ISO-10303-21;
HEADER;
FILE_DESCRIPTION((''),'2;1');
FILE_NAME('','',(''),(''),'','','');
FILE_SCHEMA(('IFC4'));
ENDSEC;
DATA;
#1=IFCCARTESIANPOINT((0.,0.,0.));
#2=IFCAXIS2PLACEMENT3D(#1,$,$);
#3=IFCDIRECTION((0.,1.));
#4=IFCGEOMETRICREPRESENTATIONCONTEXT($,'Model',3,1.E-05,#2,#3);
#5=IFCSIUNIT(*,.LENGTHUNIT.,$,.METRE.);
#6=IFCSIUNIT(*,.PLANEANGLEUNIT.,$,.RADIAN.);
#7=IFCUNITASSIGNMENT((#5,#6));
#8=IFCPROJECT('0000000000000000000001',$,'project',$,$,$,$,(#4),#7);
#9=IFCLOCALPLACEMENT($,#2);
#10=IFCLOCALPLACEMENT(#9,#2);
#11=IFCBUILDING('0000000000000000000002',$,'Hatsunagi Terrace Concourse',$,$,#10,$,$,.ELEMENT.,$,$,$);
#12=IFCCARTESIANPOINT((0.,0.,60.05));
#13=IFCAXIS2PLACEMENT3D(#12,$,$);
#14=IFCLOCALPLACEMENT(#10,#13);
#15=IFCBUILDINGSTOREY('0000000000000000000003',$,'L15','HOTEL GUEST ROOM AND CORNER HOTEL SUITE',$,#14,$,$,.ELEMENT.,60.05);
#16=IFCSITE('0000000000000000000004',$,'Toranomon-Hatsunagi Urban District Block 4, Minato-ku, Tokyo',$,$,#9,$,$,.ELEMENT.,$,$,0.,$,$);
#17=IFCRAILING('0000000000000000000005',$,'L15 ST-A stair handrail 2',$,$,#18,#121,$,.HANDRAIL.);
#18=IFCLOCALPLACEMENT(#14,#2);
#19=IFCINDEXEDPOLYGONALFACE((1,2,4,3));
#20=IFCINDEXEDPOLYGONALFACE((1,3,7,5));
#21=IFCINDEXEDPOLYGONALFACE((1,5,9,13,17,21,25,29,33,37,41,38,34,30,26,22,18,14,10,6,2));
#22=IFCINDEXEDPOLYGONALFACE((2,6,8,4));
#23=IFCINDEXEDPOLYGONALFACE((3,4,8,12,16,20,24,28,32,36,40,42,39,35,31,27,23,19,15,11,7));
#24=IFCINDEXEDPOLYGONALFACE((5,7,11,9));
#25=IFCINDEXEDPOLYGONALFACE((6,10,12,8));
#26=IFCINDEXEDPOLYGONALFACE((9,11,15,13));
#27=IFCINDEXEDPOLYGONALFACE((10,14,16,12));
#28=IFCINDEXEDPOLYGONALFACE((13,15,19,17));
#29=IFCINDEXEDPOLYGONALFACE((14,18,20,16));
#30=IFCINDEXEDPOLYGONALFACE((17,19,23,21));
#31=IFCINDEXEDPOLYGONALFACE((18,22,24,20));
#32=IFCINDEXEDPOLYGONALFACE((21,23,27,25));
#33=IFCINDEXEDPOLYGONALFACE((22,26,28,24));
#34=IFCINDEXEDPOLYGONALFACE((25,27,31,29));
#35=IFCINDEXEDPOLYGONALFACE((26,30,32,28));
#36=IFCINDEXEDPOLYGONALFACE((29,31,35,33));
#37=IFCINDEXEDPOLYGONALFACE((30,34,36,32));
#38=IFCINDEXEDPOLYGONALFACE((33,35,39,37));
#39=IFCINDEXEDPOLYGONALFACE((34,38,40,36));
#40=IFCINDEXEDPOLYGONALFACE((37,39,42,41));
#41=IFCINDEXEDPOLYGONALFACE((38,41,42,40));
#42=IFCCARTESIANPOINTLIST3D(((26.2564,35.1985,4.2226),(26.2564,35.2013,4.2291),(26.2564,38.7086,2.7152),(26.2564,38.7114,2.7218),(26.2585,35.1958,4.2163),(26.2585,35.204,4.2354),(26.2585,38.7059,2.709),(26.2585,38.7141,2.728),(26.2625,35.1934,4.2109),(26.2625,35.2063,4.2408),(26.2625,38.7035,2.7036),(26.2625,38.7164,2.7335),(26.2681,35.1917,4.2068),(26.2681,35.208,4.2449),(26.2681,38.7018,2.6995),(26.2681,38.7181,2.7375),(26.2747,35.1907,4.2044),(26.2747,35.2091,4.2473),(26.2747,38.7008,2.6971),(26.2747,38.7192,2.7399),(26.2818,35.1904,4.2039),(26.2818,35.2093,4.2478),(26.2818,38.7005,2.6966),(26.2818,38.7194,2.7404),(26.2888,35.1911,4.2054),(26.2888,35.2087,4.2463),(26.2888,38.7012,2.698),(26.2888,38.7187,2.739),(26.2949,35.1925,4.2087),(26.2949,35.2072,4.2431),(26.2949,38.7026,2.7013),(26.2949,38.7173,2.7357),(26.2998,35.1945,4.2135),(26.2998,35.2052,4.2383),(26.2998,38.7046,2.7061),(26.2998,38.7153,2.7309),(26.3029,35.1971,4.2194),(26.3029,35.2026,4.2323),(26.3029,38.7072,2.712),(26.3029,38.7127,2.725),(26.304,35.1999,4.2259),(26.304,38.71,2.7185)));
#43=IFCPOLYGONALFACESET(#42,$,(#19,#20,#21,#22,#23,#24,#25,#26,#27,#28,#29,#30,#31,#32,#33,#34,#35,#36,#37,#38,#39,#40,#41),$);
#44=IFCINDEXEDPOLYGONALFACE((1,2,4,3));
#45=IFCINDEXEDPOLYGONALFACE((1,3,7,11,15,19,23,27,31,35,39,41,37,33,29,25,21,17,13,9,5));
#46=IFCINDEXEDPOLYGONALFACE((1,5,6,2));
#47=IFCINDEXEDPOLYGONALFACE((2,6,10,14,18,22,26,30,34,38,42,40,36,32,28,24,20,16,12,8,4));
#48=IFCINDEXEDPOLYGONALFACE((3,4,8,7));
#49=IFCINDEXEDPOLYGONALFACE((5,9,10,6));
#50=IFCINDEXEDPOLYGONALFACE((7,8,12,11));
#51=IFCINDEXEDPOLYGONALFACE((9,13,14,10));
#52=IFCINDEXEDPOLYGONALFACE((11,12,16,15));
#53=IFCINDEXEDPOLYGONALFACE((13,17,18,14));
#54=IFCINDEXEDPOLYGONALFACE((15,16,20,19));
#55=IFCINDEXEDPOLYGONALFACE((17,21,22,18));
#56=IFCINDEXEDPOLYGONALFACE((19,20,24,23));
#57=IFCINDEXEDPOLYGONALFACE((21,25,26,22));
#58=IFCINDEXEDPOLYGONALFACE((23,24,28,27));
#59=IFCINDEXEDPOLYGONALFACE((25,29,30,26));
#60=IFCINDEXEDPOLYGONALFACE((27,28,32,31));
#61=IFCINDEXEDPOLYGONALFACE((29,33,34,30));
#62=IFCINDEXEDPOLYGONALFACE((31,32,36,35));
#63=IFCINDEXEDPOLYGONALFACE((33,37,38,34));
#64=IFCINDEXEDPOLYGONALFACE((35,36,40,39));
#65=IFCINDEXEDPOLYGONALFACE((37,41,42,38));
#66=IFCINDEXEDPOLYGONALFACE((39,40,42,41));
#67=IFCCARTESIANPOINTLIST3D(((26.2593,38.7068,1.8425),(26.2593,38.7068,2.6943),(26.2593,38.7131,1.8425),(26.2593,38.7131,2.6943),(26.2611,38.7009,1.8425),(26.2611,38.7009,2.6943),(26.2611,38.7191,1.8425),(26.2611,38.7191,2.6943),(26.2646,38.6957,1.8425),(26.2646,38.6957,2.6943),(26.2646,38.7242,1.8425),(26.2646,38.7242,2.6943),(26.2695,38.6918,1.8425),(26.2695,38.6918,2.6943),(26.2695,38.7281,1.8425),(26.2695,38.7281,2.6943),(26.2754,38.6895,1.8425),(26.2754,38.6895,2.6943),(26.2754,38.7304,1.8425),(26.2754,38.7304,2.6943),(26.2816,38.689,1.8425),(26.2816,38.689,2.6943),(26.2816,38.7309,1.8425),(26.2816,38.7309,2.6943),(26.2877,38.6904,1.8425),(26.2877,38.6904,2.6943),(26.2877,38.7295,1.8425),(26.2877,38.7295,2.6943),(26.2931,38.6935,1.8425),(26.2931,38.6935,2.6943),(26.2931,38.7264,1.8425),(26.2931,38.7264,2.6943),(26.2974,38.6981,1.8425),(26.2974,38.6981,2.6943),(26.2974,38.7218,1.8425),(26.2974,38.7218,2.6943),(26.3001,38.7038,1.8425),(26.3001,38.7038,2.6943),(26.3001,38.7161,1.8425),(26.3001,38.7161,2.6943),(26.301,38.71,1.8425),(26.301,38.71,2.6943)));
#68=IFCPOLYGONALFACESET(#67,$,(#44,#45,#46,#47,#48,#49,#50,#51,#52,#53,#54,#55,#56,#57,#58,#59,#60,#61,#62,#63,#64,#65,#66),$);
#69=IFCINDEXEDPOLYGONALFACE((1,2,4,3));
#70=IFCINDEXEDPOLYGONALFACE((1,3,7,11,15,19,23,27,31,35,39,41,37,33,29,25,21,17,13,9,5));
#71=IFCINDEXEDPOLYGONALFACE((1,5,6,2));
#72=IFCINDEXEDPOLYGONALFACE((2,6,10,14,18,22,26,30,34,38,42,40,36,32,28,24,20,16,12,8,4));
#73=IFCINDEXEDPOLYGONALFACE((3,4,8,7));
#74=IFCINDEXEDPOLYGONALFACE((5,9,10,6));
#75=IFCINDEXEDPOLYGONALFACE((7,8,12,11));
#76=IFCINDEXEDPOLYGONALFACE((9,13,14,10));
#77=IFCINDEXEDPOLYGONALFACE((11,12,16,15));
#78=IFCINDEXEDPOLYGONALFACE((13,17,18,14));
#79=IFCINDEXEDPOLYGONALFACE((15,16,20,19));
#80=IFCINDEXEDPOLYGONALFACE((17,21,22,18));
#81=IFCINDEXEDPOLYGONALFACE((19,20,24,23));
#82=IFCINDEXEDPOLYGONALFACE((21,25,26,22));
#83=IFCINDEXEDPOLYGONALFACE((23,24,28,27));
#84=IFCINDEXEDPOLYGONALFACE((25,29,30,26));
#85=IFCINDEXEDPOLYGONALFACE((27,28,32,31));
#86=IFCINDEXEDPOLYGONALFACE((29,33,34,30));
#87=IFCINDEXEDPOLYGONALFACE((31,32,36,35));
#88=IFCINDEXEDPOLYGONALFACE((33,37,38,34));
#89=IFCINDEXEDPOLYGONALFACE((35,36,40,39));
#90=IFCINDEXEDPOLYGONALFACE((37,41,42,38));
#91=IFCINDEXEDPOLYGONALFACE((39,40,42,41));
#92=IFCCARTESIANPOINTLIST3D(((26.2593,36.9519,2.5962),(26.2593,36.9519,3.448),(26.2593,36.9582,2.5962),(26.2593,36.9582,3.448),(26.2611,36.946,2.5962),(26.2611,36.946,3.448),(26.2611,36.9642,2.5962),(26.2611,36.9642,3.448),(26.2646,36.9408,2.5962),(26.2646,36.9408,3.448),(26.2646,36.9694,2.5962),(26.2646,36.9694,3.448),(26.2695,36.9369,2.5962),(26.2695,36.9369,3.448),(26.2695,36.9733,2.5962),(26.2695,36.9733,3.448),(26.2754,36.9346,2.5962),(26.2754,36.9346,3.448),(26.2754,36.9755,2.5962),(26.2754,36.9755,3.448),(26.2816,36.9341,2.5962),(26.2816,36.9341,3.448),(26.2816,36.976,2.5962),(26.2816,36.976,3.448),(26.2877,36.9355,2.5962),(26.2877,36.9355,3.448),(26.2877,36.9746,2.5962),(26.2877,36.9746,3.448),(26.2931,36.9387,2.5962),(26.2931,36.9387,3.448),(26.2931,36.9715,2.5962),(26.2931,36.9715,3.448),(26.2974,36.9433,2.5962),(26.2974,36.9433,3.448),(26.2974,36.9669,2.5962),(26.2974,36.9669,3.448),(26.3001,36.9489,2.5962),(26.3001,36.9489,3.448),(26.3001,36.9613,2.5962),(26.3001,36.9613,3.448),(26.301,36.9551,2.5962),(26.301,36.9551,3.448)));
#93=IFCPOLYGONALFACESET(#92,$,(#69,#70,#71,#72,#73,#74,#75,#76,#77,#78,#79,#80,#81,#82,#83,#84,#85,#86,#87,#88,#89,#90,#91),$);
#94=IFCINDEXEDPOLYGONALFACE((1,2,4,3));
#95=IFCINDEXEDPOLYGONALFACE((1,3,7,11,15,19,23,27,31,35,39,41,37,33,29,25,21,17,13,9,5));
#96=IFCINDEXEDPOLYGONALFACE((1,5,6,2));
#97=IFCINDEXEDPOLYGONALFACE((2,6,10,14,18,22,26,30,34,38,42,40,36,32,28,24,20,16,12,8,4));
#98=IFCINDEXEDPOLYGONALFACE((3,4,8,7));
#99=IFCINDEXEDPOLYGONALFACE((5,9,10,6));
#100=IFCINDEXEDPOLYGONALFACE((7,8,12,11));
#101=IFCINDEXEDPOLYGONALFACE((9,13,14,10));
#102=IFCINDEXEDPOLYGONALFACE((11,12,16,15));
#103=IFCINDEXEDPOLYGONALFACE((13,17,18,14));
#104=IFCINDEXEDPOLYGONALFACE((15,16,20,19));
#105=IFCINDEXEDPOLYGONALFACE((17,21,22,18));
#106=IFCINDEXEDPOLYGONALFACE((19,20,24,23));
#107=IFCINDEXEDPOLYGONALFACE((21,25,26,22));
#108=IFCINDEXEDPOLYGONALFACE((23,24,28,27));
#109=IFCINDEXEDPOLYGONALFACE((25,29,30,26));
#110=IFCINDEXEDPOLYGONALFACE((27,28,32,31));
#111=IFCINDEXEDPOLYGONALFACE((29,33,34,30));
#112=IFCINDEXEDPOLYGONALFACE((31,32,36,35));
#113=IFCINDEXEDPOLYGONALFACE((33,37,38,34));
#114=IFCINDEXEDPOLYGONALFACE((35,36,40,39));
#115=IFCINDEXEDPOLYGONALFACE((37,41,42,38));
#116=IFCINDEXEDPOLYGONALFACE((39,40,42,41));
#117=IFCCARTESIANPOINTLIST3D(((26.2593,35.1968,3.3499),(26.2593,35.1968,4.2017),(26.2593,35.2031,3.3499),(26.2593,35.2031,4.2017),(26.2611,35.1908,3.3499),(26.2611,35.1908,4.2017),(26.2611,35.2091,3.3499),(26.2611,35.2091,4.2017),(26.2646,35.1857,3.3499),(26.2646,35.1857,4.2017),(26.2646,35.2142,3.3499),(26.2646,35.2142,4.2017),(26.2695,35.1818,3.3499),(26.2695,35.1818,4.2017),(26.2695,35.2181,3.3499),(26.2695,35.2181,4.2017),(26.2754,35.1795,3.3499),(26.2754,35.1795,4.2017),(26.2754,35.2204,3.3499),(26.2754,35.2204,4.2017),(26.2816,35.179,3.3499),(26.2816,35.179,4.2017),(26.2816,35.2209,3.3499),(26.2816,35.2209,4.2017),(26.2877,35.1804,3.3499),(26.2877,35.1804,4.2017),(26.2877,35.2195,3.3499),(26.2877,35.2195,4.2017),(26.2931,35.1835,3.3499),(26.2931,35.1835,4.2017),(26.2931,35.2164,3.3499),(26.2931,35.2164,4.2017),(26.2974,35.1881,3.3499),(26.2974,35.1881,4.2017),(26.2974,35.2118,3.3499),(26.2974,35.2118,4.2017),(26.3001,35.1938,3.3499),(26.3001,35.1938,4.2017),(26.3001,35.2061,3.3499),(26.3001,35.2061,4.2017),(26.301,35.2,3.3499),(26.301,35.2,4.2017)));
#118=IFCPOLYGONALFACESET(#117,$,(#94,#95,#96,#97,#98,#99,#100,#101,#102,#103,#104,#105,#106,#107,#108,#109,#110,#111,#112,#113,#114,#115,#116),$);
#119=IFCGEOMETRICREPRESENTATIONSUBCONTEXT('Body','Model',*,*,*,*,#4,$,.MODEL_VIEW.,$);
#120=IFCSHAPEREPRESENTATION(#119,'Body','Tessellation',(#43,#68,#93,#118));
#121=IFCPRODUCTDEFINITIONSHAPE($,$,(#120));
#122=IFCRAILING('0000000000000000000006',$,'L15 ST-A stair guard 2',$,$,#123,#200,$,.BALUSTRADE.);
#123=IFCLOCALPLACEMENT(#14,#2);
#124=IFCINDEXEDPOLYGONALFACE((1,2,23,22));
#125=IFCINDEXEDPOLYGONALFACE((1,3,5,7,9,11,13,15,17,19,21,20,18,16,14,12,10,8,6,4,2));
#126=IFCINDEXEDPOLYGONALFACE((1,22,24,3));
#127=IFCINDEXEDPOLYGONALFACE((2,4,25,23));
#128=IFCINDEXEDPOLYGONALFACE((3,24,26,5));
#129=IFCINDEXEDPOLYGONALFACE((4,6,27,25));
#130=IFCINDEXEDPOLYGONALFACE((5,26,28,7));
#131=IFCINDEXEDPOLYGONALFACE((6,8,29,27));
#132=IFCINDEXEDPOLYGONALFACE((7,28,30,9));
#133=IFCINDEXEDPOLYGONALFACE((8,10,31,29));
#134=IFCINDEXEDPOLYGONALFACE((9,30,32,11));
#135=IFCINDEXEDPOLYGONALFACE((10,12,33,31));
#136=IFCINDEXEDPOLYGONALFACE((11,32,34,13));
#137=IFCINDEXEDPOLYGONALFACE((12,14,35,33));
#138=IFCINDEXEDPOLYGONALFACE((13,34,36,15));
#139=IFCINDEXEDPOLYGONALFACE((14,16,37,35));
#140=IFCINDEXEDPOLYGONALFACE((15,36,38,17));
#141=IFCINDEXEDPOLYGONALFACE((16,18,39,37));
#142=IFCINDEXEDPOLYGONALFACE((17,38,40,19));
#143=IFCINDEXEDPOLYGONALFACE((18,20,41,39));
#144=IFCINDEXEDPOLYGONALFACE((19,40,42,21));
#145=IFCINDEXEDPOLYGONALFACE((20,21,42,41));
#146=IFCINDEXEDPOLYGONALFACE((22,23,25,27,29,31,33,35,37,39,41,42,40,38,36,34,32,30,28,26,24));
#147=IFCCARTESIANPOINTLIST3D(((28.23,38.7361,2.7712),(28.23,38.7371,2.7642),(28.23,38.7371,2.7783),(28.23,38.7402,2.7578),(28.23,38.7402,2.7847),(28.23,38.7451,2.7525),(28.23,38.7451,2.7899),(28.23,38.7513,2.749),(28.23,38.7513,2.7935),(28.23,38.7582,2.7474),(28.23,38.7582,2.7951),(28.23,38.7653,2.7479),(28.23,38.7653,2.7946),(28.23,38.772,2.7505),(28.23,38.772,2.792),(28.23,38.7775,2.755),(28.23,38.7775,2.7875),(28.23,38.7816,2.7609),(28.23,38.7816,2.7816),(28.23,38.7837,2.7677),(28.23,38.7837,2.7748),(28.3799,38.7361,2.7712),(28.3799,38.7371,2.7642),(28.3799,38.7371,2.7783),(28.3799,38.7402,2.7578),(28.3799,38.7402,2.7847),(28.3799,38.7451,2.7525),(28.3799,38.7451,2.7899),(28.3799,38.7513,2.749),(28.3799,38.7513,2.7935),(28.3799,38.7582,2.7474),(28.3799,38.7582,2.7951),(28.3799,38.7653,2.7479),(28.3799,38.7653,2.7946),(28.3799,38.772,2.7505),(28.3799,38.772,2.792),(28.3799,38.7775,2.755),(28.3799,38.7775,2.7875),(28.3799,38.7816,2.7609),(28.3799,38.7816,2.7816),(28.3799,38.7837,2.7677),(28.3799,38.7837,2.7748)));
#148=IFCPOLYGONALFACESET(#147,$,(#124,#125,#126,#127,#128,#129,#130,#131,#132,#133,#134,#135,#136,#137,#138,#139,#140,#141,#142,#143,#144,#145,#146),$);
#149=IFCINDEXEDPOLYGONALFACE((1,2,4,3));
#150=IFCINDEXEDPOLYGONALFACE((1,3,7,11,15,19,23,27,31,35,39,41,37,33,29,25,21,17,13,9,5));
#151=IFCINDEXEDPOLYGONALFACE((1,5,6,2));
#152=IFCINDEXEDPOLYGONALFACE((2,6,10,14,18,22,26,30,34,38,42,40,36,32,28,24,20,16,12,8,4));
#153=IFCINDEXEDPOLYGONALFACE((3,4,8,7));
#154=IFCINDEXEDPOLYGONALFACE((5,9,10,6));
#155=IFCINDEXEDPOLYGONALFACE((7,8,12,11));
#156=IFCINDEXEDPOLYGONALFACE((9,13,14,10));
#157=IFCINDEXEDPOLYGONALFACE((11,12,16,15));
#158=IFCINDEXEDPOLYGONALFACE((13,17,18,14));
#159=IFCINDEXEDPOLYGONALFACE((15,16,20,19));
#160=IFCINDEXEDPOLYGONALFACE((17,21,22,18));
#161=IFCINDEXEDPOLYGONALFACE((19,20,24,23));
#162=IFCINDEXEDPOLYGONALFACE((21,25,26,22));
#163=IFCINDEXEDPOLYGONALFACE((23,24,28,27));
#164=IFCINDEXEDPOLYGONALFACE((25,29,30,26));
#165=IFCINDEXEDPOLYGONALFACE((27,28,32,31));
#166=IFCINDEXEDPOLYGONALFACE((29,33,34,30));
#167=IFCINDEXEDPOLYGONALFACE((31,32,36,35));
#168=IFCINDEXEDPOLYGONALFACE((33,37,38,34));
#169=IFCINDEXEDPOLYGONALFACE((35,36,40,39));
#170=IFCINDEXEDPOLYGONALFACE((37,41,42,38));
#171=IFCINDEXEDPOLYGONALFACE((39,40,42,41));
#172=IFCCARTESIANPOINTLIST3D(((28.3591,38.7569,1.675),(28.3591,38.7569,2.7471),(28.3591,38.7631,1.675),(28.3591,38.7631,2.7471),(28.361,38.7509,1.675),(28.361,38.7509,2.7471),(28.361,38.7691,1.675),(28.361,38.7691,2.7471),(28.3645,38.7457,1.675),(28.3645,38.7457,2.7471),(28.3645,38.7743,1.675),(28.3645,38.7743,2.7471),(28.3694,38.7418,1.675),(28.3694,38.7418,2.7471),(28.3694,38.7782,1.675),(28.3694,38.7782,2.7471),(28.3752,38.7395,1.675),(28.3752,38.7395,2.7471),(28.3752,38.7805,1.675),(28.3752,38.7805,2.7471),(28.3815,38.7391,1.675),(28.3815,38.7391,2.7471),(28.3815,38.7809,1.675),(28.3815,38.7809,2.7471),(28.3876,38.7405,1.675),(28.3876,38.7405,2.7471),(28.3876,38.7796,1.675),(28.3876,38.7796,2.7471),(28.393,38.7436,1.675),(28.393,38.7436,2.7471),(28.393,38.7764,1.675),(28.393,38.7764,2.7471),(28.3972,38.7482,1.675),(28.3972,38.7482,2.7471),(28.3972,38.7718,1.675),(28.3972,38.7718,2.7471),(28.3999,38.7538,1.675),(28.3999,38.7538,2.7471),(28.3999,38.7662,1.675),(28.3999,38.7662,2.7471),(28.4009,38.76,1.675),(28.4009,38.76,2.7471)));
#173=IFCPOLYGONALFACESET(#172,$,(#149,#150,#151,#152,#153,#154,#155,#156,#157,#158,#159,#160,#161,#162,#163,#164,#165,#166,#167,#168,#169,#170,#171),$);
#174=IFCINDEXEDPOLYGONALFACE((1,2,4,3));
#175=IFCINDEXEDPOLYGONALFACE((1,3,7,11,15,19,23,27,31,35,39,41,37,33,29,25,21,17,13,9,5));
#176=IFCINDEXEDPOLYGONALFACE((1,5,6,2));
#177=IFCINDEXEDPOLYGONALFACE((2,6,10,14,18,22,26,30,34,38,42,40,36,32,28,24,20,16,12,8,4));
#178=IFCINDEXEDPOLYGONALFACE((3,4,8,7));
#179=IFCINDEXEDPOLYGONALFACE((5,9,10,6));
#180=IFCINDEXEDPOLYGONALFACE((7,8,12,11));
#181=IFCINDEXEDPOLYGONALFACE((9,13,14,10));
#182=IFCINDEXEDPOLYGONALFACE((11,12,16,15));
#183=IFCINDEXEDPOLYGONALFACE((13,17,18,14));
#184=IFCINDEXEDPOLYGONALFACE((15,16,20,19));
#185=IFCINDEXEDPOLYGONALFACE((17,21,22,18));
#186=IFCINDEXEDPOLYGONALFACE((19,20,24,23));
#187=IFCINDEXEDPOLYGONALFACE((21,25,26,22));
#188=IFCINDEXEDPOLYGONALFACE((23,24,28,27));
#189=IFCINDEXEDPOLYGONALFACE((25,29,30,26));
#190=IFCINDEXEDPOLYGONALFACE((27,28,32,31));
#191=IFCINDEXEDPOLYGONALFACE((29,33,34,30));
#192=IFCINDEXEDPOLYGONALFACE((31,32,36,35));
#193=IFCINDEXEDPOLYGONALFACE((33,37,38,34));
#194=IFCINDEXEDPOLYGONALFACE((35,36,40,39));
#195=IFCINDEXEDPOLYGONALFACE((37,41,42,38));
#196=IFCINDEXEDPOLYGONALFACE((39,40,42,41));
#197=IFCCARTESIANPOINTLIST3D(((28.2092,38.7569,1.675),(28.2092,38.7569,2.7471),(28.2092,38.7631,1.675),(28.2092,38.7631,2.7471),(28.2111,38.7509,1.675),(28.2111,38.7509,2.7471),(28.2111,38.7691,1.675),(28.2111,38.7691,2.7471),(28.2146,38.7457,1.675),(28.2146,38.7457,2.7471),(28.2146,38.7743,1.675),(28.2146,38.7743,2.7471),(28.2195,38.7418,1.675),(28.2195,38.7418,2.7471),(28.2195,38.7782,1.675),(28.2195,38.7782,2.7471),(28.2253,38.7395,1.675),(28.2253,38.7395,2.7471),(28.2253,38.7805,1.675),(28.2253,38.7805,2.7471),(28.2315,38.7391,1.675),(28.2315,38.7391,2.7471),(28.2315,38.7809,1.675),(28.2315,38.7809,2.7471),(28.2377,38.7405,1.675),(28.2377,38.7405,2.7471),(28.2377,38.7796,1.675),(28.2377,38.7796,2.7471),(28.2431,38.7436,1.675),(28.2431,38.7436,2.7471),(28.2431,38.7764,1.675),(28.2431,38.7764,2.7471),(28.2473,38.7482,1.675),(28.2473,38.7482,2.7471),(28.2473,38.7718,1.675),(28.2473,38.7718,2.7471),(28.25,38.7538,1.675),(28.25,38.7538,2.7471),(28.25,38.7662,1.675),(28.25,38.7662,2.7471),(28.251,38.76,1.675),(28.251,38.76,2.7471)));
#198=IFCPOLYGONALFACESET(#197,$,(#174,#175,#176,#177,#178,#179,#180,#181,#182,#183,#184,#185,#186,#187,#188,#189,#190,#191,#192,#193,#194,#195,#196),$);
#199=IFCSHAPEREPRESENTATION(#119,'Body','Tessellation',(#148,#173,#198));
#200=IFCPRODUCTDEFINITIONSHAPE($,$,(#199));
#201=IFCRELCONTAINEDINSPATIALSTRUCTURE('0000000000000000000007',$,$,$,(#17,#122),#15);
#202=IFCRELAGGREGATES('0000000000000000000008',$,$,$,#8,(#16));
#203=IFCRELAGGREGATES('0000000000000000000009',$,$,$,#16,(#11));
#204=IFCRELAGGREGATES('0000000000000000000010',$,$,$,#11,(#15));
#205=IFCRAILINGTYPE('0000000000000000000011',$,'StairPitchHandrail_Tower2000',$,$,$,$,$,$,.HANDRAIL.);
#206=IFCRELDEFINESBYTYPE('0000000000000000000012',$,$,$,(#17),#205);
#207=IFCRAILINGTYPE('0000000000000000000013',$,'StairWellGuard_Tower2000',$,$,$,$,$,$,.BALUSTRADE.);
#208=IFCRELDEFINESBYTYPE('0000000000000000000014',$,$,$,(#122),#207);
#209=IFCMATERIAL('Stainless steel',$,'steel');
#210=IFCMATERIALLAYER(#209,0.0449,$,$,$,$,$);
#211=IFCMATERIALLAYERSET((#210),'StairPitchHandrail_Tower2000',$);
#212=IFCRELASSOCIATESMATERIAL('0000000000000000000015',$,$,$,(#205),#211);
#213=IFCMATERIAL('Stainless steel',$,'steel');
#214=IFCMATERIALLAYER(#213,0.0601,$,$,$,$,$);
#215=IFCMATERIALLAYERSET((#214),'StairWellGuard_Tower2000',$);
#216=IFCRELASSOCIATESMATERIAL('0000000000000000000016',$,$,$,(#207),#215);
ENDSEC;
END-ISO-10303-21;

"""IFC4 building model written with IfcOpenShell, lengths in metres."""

from ifc_helpers import new_model, si_unit, direction, frame, origin, origin_2d, place, context, subcontext, project, spatial, circle, extrude, material, layer, layer_set, type_object, element, save


model = new_model("IFC4")

# Units and contexts
model_context = context("Model", 3, precision=1e-05, world=origin(), true_north=direction((0.0, 1.0)))
body_context = subcontext(model_context, "Body", "Model", "MODEL_VIEW")
ifc_project = project(units=[si_unit("LENGTHUNIT", "METRE"), si_unit("PLANEANGLEUNIT", "RADIAN")], contexts=[model_context])

# Site, building, storey
site_placement = place(None, origin())
site = spatial("IfcSite", under=ifc_project, at=site_placement, Name="Toranomon-Hatsunagi Urban District Block 4, Minato-ku, Tokyo", CompositionType="ELEMENT", RefElevation=0.0)
building_placement = place(site_placement, origin())
building = spatial("IfcBuilding", under=site, at=building_placement, Name="Hatsunagi Terrace Concourse", CompositionType="ELEMENT")
storey_placement = place(building_placement, frame((0.0, 0.0, 60.05)))
storey = spatial("IfcBuildingStorey", under=building, at=storey_placement, Name="L15", Description="HOTEL GUEST ROOM AND CORNER HOTEL SUITE", CompositionType="ELEMENT", Elevation=60.05)

# Railings
ifc_material_1 = material(Name="Stainless steel", Category="steel")
ifc_layer_1 = layer(ifc_material_1, 0.0449)
ifc_layer_set_1 = layer_set([ifc_layer_1], Name="StairPitchHandrail_Tower2000")
railing_type_1 = type_object("IfcRailingType", Name="StairPitchHandrail_Tower2000", PredefinedType="HANDRAIL", material=ifc_layer_set_1)
railing_1_placement = place(storey_placement, frame((26.28, 38.71, 1.8425)))
element("IfcRailing", 1, at=railing_1_placement, inside=storey, type_object=railing_type_1, Name="L15 ST-A stair handrail 2", PredefinedType="HANDRAIL", context=body_context, shape_type="SweptSolid", body=[
    extrude(circle(Radius=0.0239, at=origin_2d()), frame((0.0, 0.0, 0.876), z_axis=(0.0, -0.918857, 0.39459), x_axis=(1.0, 0.0, 0.0)), (0.0, 0.0, 1.0), 3.8201),
    extrude(circle(Radius=0.021, at=origin_2d()), origin(), (0.0, 0.0, 1.0), 0.8518),
    extrude(circle(Radius=0.021, at=origin_2d()), frame((0.0, -1.7549, 0.7537)), (0.0, 0.0, 1.0), 0.8518),
    extrude(circle(Radius=0.021, at=origin_2d()), frame((0.0, -3.51, 1.5073)), (0.0, 0.0, 1.0), 0.8518),
])
ifc_material_2 = material(Name="Stainless steel", Category="steel")
ifc_layer_2 = layer(ifc_material_2, 0.0601)
ifc_layer_set_2 = layer_set([ifc_layer_2], Name="StairWellGuard_Tower2000")
railing_type_2 = type_object("IfcRailingType", Name="StairWellGuard_Tower2000", PredefinedType="BALUSTRADE", material=ifc_layer_set_2)
railing_2_placement = place(storey_placement, frame((28.3799, 38.76, 1.675)))
element("IfcRailing", 2, at=railing_2_placement, inside=storey, type_object=railing_type_2, Name="L15 ST-A stair guard 2", PredefinedType="BALUSTRADE", context=body_context, shape_type="SweptSolid", body=[
    extrude(circle(Radius=0.0239, at=origin_2d()), frame((0.0, 0.0, 1.0962), z_axis=(-1.0, 0.0, 0.0), x_axis=(0.0, -1.0, 0.0)), (0.0, 0.0, 1.0), 0.1499),
    extrude(circle(Radius=0.021, at=origin_2d()), origin(), (0.0, 0.0, 1.0), 1.072),
    extrude(circle(Radius=0.021, at=origin_2d()), frame((-0.1499, 0.0, 0.0)), (0.0, 0.0, 1.0), 1.072),
])

save(model, "model.ifc")
